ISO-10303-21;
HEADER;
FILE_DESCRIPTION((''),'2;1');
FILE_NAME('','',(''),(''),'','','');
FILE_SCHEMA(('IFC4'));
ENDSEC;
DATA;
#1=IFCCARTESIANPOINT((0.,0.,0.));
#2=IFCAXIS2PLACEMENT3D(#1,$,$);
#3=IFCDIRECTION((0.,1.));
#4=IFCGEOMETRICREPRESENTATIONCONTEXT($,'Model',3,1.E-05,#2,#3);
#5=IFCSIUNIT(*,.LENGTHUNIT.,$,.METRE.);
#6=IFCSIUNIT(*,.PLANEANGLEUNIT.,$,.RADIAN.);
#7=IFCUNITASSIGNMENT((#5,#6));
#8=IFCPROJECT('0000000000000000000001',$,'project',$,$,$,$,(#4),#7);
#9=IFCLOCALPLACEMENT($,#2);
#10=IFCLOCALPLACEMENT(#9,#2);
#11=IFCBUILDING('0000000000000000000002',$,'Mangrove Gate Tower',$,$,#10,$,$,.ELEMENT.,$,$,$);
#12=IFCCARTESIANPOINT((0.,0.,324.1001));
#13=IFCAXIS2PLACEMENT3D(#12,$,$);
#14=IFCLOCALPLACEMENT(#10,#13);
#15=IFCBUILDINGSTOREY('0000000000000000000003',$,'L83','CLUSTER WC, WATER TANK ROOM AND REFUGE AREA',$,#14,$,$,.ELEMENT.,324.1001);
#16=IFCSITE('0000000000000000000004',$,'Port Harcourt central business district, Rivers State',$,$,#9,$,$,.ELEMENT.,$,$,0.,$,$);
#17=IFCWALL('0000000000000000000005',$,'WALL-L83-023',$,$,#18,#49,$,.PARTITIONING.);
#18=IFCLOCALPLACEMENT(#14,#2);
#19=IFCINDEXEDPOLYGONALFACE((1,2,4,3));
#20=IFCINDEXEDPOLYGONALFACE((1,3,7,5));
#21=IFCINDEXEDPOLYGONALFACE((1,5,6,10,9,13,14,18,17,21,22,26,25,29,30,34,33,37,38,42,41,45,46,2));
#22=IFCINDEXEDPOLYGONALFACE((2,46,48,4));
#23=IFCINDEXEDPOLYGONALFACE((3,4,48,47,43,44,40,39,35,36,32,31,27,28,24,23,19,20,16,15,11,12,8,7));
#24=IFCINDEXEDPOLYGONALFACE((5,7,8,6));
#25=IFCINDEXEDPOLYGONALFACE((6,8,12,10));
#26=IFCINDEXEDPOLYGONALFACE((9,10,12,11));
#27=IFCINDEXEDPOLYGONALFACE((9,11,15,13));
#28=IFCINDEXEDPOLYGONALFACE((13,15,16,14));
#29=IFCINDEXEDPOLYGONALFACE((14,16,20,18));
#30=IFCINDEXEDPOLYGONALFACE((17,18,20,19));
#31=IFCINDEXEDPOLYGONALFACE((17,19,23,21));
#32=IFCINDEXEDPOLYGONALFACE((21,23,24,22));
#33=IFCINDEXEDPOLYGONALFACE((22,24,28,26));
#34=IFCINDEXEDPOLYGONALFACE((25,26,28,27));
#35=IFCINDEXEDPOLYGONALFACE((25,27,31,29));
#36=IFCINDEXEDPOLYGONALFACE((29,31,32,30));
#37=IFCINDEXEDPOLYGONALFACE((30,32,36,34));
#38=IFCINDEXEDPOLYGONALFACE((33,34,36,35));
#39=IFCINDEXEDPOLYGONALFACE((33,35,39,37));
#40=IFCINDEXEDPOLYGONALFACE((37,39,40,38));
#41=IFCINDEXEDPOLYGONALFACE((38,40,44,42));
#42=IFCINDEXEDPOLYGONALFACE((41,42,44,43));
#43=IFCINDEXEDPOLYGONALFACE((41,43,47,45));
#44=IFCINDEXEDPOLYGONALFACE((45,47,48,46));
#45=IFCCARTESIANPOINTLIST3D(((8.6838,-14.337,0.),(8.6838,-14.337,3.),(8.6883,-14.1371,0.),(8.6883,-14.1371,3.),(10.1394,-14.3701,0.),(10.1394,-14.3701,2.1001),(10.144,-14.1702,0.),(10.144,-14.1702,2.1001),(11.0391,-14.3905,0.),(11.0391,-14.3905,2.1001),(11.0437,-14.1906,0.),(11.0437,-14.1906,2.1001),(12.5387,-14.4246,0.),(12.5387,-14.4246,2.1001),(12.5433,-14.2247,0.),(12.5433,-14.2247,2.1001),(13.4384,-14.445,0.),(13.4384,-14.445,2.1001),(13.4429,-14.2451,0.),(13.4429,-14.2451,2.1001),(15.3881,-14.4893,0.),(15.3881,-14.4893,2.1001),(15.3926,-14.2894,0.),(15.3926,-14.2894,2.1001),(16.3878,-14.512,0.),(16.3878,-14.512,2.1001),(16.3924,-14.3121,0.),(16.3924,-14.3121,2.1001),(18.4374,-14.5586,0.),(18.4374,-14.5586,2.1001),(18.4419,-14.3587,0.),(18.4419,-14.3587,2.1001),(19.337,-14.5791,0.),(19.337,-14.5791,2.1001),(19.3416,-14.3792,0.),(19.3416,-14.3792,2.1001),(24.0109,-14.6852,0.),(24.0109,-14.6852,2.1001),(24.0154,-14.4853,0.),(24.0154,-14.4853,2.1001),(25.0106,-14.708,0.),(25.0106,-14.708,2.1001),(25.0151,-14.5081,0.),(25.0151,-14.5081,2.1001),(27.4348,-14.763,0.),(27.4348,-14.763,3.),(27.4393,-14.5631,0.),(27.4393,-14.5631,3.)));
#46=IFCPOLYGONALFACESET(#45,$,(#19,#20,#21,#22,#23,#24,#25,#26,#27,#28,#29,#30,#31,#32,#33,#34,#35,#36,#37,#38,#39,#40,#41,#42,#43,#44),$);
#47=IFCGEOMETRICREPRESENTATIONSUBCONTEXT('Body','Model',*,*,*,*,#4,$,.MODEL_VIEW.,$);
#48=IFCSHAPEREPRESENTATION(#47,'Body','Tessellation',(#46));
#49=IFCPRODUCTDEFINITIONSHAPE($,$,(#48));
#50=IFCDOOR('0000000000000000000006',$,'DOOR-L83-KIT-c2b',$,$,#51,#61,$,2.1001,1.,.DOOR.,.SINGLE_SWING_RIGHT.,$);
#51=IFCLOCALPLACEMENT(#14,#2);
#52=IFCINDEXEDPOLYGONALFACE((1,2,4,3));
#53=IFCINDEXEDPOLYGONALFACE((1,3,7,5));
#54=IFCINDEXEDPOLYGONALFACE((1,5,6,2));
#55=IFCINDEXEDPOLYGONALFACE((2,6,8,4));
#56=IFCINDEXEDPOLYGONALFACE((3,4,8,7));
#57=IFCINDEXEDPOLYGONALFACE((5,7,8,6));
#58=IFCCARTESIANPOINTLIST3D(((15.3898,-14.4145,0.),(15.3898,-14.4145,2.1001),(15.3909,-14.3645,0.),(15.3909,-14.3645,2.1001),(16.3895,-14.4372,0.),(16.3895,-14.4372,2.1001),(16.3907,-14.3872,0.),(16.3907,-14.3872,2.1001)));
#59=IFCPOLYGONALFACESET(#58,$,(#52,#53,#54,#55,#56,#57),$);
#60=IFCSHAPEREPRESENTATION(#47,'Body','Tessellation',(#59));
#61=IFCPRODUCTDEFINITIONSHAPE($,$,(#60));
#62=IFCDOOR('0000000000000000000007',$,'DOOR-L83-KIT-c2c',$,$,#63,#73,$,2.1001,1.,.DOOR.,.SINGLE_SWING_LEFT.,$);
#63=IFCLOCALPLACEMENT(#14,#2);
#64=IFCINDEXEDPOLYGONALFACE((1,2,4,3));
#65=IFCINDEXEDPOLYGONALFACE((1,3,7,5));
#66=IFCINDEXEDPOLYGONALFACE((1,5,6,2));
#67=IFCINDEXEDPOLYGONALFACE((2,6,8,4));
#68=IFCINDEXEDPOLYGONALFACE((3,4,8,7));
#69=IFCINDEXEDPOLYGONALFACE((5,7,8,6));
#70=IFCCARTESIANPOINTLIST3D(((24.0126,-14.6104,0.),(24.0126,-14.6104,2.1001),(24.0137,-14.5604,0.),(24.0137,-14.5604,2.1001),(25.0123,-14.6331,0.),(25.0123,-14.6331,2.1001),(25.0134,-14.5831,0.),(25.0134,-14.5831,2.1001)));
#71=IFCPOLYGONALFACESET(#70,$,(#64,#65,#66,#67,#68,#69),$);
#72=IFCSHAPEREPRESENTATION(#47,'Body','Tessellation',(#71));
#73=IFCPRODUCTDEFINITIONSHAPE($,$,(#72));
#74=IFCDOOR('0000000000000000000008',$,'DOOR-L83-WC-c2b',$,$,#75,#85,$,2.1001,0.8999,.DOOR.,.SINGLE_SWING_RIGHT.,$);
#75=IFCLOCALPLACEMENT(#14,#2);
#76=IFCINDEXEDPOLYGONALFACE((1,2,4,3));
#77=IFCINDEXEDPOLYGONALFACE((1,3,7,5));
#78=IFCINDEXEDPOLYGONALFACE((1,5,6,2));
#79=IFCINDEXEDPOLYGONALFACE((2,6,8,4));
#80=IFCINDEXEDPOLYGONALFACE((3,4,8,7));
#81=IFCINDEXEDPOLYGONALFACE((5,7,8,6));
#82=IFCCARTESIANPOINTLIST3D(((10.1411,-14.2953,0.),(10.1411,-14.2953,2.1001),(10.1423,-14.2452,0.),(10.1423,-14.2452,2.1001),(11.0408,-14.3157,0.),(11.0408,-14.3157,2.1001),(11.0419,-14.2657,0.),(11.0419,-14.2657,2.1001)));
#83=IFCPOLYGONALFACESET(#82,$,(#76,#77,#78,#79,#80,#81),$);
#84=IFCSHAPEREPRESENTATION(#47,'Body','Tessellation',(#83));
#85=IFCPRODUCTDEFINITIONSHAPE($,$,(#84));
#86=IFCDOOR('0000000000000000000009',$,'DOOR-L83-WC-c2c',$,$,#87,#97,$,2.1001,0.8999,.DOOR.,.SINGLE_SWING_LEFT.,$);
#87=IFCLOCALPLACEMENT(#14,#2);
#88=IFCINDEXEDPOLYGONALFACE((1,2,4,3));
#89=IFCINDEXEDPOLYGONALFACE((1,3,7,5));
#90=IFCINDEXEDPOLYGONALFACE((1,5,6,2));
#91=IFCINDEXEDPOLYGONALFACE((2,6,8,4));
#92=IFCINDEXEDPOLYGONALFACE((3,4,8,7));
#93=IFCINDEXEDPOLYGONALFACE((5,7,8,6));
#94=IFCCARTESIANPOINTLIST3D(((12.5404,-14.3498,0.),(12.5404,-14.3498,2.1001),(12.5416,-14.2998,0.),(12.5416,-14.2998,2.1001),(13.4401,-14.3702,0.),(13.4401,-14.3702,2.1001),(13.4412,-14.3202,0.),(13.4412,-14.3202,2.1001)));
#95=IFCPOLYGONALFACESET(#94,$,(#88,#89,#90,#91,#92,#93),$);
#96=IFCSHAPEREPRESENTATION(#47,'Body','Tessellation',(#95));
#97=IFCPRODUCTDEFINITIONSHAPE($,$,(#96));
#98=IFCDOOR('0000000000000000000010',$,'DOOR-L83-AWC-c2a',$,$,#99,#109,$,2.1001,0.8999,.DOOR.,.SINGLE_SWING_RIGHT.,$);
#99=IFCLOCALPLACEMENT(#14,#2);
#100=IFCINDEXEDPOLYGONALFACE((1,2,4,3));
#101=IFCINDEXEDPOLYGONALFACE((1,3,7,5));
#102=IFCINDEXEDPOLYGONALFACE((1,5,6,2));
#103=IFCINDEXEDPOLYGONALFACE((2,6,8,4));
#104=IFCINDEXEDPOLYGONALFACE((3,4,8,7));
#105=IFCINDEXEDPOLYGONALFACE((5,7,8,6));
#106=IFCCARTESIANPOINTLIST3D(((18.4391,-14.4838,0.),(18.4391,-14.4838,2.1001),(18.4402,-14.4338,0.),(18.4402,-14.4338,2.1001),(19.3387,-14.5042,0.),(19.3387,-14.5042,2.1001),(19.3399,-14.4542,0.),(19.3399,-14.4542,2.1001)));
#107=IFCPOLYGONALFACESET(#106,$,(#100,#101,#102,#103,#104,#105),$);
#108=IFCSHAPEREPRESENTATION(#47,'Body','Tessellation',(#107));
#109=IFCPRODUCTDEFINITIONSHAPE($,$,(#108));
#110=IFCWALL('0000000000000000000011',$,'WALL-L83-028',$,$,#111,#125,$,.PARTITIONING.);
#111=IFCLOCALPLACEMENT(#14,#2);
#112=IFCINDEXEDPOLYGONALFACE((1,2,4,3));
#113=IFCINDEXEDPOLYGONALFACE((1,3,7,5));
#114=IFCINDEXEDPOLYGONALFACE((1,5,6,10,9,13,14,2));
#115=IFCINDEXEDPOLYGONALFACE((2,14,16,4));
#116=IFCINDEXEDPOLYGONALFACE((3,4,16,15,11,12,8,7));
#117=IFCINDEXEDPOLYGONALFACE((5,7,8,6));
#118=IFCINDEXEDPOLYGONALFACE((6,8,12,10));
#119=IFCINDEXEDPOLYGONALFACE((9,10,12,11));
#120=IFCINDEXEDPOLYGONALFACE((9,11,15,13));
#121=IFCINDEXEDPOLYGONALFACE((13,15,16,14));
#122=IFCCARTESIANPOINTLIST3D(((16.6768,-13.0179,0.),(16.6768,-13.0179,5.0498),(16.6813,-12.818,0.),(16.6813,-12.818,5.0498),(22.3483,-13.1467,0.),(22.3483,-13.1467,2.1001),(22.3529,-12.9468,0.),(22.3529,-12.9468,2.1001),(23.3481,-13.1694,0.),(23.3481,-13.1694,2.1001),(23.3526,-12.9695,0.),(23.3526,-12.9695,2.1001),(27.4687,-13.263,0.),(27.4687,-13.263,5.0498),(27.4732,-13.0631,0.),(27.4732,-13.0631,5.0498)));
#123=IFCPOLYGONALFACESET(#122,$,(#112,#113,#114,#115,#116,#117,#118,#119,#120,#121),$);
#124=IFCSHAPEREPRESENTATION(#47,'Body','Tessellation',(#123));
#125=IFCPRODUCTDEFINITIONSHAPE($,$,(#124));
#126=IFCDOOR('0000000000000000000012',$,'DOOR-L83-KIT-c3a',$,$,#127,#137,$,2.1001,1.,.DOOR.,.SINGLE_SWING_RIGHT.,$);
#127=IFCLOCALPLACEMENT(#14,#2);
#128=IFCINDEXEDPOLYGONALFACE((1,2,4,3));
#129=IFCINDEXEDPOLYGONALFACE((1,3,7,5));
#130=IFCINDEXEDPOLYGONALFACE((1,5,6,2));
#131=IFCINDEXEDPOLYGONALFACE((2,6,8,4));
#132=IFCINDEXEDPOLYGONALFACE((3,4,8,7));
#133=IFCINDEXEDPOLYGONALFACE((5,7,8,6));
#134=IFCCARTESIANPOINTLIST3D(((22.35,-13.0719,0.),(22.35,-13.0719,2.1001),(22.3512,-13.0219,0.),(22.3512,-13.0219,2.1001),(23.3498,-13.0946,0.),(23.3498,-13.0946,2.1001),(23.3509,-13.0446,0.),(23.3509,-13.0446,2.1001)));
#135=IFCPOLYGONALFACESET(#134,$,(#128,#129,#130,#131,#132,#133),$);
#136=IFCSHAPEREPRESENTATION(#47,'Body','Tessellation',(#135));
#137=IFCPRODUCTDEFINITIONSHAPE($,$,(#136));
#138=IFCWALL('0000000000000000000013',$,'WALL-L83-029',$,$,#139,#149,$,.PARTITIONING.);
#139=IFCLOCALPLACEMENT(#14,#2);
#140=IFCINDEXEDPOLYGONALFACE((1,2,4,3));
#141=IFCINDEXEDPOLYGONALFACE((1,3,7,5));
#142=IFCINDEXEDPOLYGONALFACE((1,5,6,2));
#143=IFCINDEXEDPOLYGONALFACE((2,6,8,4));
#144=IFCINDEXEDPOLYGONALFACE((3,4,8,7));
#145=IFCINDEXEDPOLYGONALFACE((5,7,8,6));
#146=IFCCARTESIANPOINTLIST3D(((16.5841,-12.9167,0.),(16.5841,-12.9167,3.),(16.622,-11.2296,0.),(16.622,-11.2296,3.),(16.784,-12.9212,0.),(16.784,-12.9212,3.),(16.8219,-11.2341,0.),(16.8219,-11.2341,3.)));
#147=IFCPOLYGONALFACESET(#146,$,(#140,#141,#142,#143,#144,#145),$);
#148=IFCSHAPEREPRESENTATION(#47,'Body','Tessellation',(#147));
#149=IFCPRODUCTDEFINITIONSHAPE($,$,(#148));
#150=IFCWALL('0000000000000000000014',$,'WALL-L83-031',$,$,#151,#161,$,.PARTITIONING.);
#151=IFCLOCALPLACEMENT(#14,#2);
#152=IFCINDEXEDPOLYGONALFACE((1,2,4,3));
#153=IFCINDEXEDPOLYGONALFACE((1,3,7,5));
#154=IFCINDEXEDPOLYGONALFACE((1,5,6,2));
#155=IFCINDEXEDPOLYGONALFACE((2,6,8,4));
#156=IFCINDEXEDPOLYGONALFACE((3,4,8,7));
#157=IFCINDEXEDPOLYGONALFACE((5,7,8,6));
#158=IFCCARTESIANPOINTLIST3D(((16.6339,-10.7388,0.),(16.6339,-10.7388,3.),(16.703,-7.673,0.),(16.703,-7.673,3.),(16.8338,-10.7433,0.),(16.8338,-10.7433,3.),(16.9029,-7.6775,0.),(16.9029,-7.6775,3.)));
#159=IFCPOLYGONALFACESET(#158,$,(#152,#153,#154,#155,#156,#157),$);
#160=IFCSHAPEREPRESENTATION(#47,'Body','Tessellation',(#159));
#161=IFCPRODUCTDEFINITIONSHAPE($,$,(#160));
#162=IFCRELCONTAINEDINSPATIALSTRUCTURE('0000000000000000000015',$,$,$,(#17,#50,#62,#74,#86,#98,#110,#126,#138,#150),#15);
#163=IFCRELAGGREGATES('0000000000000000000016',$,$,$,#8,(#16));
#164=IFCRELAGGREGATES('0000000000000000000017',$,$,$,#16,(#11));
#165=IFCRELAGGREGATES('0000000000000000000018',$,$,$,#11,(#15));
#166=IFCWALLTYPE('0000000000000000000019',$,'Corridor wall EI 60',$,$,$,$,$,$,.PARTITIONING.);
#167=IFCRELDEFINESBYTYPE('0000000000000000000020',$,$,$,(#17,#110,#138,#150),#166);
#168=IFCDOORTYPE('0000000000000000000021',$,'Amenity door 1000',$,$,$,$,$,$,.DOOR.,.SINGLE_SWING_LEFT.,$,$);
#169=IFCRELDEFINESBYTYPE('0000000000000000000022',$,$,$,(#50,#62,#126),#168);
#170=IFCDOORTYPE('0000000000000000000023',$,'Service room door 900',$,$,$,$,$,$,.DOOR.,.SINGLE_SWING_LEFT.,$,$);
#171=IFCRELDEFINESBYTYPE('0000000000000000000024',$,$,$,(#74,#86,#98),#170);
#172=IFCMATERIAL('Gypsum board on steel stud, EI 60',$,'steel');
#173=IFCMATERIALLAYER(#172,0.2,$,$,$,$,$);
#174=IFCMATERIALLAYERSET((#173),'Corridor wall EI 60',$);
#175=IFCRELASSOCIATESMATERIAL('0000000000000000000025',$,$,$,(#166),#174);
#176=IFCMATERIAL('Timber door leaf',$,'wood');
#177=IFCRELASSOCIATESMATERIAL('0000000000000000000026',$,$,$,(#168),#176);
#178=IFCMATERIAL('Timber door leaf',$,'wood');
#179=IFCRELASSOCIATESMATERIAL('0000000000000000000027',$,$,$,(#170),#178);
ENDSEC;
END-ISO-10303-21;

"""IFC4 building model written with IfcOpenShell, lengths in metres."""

from ifc_helpers import new_model, si_unit, direction, frame, frame_2d, origin, place, context, subcontext, project, spatial, rectangle, extrude, material, layer, layer_set, type_object, element, fill, save


model = new_model("IFC4")

# Units and contexts
model_context = context("Model", 3, precision=1e-05, world=origin(), true_north=direction((0.0, 1.0)))
body_context = subcontext(model_context, "Body", "Model", "MODEL_VIEW")
ifc_project = project(units=[si_unit("LENGTHUNIT", "METRE"), si_unit("PLANEANGLEUNIT", "RADIAN")], contexts=[model_context])

# Site, building, storey
site_placement = place(None, origin())
site = spatial("IfcSite", under=ifc_project, at=site_placement, Name="Port Harcourt central business district, Rivers State", CompositionType="ELEMENT", RefElevation=0.0)
building_placement = place(site_placement, origin())
building = spatial("IfcBuilding", under=site, at=building_placement, Name="Mangrove Gate Tower", CompositionType="ELEMENT")
storey_placement = place(building_placement, frame((0.0, 0.0, 324.1001)))
storey = spatial("IfcBuildingStorey", under=building, at=storey_placement, Name="L83", Description="CLUSTER WC, WATER TANK ROOM AND REFUGE AREA", CompositionType="ELEMENT", Elevation=324.1001)

# Wall, openings, doors
ifc_material_1 = material(Name="Gypsum board on steel stud, EI 60", Category="steel")
ifc_layer_1 = layer(ifc_material_1, 0.2)
ifc_layer_set_1 = layer_set([ifc_layer_1], Name="Corridor wall EI 60")
wall_type_1 = type_object("IfcWallType", Name="Corridor wall EI 60", PredefinedType="PARTITIONING", material=ifc_layer_set_1)
wall_1_placement = place(storey_placement, frame((8.686, -14.2371, 0.0), z_axis=(0.0, 0.0, 1.0), x_axis=(0.999742, -0.022714, 0.0)))
wall_1 = element("IfcWall", 1, at=wall_1_placement, inside=storey, type_object=wall_type_1, Name="WALL-L83-023", PredefinedType="PARTITIONING", context=body_context, shape_type="SweptSolid", body=[
    extrude(rectangle(XDim=18.7559, YDim=0.2, at=frame_2d((9.3779, 0.0))), origin(), (0.0, 0.0, 1.0), 3.0),
])
opening_1_placement = place(wall_1_placement, frame((1.4561, 0.0, 0.0)))
opening_1 = element("IfcOpeningElement", 2, at=opening_1_placement, cuts=wall_1, PredefinedType="OPENING", context=body_context, shape_type="SweptSolid", body=[
    extrude(rectangle(XDim=0.8999, YDim=2.1001, at=frame_2d((0.45, 1.05))), frame((0.0, 0.1099, 0.0), z_axis=(0.0, -1.0, 0.0), x_axis=(1.0, 0.0, 0.0)), (0.0, 0.0, 1.0), 0.22),
])
opening_2_placement = place(wall_1_placement, frame((6.7061, 0.0, 0.0)))
opening_2 = element("IfcOpeningElement", 3, at=opening_2_placement, cuts=wall_1, PredefinedType="OPENING", context=body_context, shape_type="SweptSolid", body=[
    extrude(rectangle(XDim=1.0, YDim=2.1001, at=frame_2d((0.5, 1.05))), frame((0.0, 0.1099, 0.0), z_axis=(0.0, -1.0, 0.0), x_axis=(1.0, 0.0, 0.0)), (0.0, 0.0, 1.0), 0.22),
])
opening_3_placement = place(wall_1_placement, frame((3.856, 0.0, 0.0)))
opening_3 = element("IfcOpeningElement", 4, at=opening_3_placement, cuts=wall_1, PredefinedType="OPENING", context=body_context, shape_type="SweptSolid", body=[
    extrude(rectangle(XDim=0.8999, YDim=2.1001, at=frame_2d((0.45, 1.05))), frame((0.0, 0.1099, 0.0), z_axis=(0.0, -1.0, 0.0), x_axis=(1.0, 0.0, 0.0)), (0.0, 0.0, 1.0), 0.22),
])
opening_4_placement = place(wall_1_placement, frame((15.3311, 0.0, 0.0)))
opening_4 = element("IfcOpeningElement", 5, at=opening_4_placement, cuts=wall_1, PredefinedType="OPENING", context=body_context, shape_type="SweptSolid", body=[
    extrude(rectangle(XDim=1.0, YDim=2.1001, at=frame_2d((0.5, 1.05))), frame((0.0, 0.1099, 0.0), z_axis=(0.0, -1.0, 0.0), x_axis=(1.0, 0.0, 0.0)), (0.0, 0.0, 1.0), 0.22),
])
opening_5_placement = place(wall_1_placement, frame((9.7561, 0.0, 0.0)))
opening_5 = element("IfcOpeningElement", 6, at=opening_5_placement, cuts=wall_1, PredefinedType="OPENING", context=body_context, shape_type="SweptSolid", body=[
    extrude(rectangle(XDim=0.8999, YDim=2.1001, at=frame_2d((0.45, 1.05))), frame((0.0, 0.1099, 0.0), z_axis=(0.0, -1.0, 0.0), x_axis=(1.0, 0.0, 0.0)), (0.0, 0.0, 1.0), 0.22),
])
ifc_material_2 = material(Name="Timber door leaf", Category="wood")
door_type_1 = type_object("IfcDoorType", Name="Amenity door 1000", OperationType="SINGLE_SWING_LEFT", PredefinedType="DOOR", material=ifc_material_2)
door_1_placement = place(opening_2_placement, origin())
door_1 = element("IfcDoor", 7, at=door_1_placement, inside=storey, type_object=door_type_1, Name="DOOR-L83-KIT-c2b", OperationType="SINGLE_SWING_RIGHT", OverallHeight=2.1001, OverallWidth=1.0, PredefinedType="DOOR", context=body_context, shape_type="SweptSolid", body=[
    extrude(rectangle(XDim=1.0, YDim=2.1001, at=frame_2d((0.5, 1.05))), frame((0.0, 0.0249, 0.0), z_axis=(0.0, -1.0, 0.0), x_axis=(1.0, 0.0, 0.0)), (0.0, 0.0, 1.0), 0.05),
])
fill(opening_2, door_1)
door_2_placement = place(opening_4_placement, origin())
door_2 = element("IfcDoor", 8, at=door_2_placement, inside=storey, type_object=door_type_1, Name="DOOR-L83-KIT-c2c", OperationType="SINGLE_SWING_LEFT", OverallHeight=2.1001, OverallWidth=1.0, PredefinedType="DOOR", context=body_context, shape_type="SweptSolid", body=[
    extrude(rectangle(XDim=1.0, YDim=2.1001, at=frame_2d((0.5, 1.05))), frame((0.0, 0.0249, 0.0), z_axis=(0.0, -1.0, 0.0), x_axis=(1.0, 0.0, 0.0)), (0.0, 0.0, 1.0), 0.05),
])
fill(opening_4, door_2)
ifc_material_3 = material(Name="Timber door leaf", Category="wood")
door_type_2 = type_object("IfcDoorType", Name="Service room door 900", OperationType="SINGLE_SWING_LEFT", PredefinedType="DOOR", material=ifc_material_3)
door_3_placement = place(opening_1_placement, origin())
door_3 = element("IfcDoor", 9, at=door_3_placement, inside=storey, type_object=door_type_2, Name="DOOR-L83-WC-c2b", OperationType="SINGLE_SWING_RIGHT", OverallHeight=2.1001, OverallWidth=0.8999, PredefinedType="DOOR", context=body_context, shape_type="SweptSolid", body=[
    extrude(rectangle(XDim=0.8999, YDim=2.1001, at=frame_2d((0.45, 1.05))), frame((0.0, 0.0249, 0.0), z_axis=(0.0, -1.0, 0.0), x_axis=(1.0, 0.0, 0.0)), (0.0, 0.0, 1.0), 0.05),
])
fill(opening_1, door_3)
door_4_placement = place(opening_3_placement, origin())
door_4 = element("IfcDoor", 10, at=door_4_placement, inside=storey, type_object=door_type_2, Name="DOOR-L83-WC-c2c", OperationType="SINGLE_SWING_LEFT", OverallHeight=2.1001, OverallWidth=0.8999, PredefinedType="DOOR", context=body_context, shape_type="SweptSolid", body=[
    extrude(rectangle(XDim=0.8999, YDim=2.1001, at=frame_2d((0.45, 1.05))), frame((0.0, 0.0249, 0.0), z_axis=(0.0, -1.0, 0.0), x_axis=(1.0, 0.0, 0.0)), (0.0, 0.0, 1.0), 0.05),
])
fill(opening_3, door_4)
door_5_placement = place(opening_5_placement, origin())
door_5 = element("IfcDoor", 11, at=door_5_placement, inside=storey, type_object=door_type_2, Name="DOOR-L83-AWC-c2a", OperationType="SINGLE_SWING_RIGHT", OverallHeight=2.1001, OverallWidth=0.8999, PredefinedType="DOOR", context=body_context, shape_type="SweptSolid", body=[
    extrude(rectangle(XDim=0.8999, YDim=2.1001, at=frame_2d((0.45, 1.05))), frame((0.0, 0.0249, 0.0), z_axis=(0.0, -1.0, 0.0), x_axis=(1.0, 0.0, 0.0)), (0.0, 0.0, 1.0), 0.05),
])
fill(opening_5, door_5)

# Wall, opening, door
wall_2_placement = place(storey_placement, frame((16.679, -12.918, 0.0), z_axis=(0.0, 0.0, 1.0), x_axis=(0.999742, -0.022707, 0.0)))
wall_2 = element("IfcWall", 12, at=wall_2_placement, inside=storey, type_object=wall_type_1, Name="WALL-L83-028", PredefinedType="PARTITIONING", context=body_context, shape_type="SweptSolid", body=[
    extrude(rectangle(XDim=10.7947, YDim=0.2, at=frame_2d((5.3975, 0.0))), origin(), (0.0, 0.0, 1.0), 5.0498),
])
opening_6_placement = place(wall_2_placement, frame((5.6731, 0.0, 0.0)))
opening_6 = element("IfcOpeningElement", 13, at=opening_6_placement, cuts=wall_2, PredefinedType="OPENING", context=body_context, shape_type="SweptSolid", body=[
    extrude(rectangle(XDim=1.0, YDim=2.1001, at=frame_2d((0.5, 1.05))), frame((0.0, 0.1099, 0.0), z_axis=(0.0, -1.0, 0.0), x_axis=(1.0, 0.0, 0.0)), (0.0, 0.0, 1.0), 0.22),
])
door_6_placement = place(opening_6_placement, origin())
door_6 = element("IfcDoor", 14, at=door_6_placement, inside=storey, type_object=door_type_1, Name="DOOR-L83-KIT-c3a", OperationType="SINGLE_SWING_RIGHT", OverallHeight=2.1001, OverallWidth=1.0, PredefinedType="DOOR", context=body_context, shape_type="SweptSolid", body=[
    extrude(rectangle(XDim=1.0, YDim=2.1001, at=frame_2d((0.5, 1.05))), frame((0.0, 0.0249, 0.0), z_axis=(0.0, -1.0, 0.0), x_axis=(1.0, 0.0, 0.0)), (0.0, 0.0, 1.0), 0.05),
])
fill(opening_6, door_6)

# Walls
wall_3_placement = place(storey_placement, frame((16.6841, -12.9189, 0.0), z_axis=(0.0, 0.0, 1.0), x_axis=(0.022426, 0.999749, 0.0)))
element("IfcWall", 15, at=wall_3_placement, inside=storey, type_object=wall_type_1, Name="WALL-L83-029", PredefinedType="PARTITIONING", context=body_context, shape_type="SweptSolid", body=[
    extrude(rectangle(XDim=1.6875, YDim=0.2, at=frame_2d((0.8438, 0.0))), origin(), (0.0, 0.0, 1.0), 3.0),
])
wall_4_placement = place(storey_placement, frame((16.7339, -10.741, 0.0), z_axis=(0.0, 0.0, 1.0), x_axis=(0.02253, 0.999746, 0.0)))
element("IfcWall", 16, at=wall_4_placement, inside=storey, type_object=wall_type_1, Name="WALL-L83-031", PredefinedType="PARTITIONING", context=body_context, shape_type="SweptSolid", body=[
    extrude(rectangle(XDim=3.0667, YDim=0.2, at=frame_2d((1.5332, 0.0))), origin(), (0.0, 0.0, 1.0), 3.0),
])

save(model, "model.ifc")
